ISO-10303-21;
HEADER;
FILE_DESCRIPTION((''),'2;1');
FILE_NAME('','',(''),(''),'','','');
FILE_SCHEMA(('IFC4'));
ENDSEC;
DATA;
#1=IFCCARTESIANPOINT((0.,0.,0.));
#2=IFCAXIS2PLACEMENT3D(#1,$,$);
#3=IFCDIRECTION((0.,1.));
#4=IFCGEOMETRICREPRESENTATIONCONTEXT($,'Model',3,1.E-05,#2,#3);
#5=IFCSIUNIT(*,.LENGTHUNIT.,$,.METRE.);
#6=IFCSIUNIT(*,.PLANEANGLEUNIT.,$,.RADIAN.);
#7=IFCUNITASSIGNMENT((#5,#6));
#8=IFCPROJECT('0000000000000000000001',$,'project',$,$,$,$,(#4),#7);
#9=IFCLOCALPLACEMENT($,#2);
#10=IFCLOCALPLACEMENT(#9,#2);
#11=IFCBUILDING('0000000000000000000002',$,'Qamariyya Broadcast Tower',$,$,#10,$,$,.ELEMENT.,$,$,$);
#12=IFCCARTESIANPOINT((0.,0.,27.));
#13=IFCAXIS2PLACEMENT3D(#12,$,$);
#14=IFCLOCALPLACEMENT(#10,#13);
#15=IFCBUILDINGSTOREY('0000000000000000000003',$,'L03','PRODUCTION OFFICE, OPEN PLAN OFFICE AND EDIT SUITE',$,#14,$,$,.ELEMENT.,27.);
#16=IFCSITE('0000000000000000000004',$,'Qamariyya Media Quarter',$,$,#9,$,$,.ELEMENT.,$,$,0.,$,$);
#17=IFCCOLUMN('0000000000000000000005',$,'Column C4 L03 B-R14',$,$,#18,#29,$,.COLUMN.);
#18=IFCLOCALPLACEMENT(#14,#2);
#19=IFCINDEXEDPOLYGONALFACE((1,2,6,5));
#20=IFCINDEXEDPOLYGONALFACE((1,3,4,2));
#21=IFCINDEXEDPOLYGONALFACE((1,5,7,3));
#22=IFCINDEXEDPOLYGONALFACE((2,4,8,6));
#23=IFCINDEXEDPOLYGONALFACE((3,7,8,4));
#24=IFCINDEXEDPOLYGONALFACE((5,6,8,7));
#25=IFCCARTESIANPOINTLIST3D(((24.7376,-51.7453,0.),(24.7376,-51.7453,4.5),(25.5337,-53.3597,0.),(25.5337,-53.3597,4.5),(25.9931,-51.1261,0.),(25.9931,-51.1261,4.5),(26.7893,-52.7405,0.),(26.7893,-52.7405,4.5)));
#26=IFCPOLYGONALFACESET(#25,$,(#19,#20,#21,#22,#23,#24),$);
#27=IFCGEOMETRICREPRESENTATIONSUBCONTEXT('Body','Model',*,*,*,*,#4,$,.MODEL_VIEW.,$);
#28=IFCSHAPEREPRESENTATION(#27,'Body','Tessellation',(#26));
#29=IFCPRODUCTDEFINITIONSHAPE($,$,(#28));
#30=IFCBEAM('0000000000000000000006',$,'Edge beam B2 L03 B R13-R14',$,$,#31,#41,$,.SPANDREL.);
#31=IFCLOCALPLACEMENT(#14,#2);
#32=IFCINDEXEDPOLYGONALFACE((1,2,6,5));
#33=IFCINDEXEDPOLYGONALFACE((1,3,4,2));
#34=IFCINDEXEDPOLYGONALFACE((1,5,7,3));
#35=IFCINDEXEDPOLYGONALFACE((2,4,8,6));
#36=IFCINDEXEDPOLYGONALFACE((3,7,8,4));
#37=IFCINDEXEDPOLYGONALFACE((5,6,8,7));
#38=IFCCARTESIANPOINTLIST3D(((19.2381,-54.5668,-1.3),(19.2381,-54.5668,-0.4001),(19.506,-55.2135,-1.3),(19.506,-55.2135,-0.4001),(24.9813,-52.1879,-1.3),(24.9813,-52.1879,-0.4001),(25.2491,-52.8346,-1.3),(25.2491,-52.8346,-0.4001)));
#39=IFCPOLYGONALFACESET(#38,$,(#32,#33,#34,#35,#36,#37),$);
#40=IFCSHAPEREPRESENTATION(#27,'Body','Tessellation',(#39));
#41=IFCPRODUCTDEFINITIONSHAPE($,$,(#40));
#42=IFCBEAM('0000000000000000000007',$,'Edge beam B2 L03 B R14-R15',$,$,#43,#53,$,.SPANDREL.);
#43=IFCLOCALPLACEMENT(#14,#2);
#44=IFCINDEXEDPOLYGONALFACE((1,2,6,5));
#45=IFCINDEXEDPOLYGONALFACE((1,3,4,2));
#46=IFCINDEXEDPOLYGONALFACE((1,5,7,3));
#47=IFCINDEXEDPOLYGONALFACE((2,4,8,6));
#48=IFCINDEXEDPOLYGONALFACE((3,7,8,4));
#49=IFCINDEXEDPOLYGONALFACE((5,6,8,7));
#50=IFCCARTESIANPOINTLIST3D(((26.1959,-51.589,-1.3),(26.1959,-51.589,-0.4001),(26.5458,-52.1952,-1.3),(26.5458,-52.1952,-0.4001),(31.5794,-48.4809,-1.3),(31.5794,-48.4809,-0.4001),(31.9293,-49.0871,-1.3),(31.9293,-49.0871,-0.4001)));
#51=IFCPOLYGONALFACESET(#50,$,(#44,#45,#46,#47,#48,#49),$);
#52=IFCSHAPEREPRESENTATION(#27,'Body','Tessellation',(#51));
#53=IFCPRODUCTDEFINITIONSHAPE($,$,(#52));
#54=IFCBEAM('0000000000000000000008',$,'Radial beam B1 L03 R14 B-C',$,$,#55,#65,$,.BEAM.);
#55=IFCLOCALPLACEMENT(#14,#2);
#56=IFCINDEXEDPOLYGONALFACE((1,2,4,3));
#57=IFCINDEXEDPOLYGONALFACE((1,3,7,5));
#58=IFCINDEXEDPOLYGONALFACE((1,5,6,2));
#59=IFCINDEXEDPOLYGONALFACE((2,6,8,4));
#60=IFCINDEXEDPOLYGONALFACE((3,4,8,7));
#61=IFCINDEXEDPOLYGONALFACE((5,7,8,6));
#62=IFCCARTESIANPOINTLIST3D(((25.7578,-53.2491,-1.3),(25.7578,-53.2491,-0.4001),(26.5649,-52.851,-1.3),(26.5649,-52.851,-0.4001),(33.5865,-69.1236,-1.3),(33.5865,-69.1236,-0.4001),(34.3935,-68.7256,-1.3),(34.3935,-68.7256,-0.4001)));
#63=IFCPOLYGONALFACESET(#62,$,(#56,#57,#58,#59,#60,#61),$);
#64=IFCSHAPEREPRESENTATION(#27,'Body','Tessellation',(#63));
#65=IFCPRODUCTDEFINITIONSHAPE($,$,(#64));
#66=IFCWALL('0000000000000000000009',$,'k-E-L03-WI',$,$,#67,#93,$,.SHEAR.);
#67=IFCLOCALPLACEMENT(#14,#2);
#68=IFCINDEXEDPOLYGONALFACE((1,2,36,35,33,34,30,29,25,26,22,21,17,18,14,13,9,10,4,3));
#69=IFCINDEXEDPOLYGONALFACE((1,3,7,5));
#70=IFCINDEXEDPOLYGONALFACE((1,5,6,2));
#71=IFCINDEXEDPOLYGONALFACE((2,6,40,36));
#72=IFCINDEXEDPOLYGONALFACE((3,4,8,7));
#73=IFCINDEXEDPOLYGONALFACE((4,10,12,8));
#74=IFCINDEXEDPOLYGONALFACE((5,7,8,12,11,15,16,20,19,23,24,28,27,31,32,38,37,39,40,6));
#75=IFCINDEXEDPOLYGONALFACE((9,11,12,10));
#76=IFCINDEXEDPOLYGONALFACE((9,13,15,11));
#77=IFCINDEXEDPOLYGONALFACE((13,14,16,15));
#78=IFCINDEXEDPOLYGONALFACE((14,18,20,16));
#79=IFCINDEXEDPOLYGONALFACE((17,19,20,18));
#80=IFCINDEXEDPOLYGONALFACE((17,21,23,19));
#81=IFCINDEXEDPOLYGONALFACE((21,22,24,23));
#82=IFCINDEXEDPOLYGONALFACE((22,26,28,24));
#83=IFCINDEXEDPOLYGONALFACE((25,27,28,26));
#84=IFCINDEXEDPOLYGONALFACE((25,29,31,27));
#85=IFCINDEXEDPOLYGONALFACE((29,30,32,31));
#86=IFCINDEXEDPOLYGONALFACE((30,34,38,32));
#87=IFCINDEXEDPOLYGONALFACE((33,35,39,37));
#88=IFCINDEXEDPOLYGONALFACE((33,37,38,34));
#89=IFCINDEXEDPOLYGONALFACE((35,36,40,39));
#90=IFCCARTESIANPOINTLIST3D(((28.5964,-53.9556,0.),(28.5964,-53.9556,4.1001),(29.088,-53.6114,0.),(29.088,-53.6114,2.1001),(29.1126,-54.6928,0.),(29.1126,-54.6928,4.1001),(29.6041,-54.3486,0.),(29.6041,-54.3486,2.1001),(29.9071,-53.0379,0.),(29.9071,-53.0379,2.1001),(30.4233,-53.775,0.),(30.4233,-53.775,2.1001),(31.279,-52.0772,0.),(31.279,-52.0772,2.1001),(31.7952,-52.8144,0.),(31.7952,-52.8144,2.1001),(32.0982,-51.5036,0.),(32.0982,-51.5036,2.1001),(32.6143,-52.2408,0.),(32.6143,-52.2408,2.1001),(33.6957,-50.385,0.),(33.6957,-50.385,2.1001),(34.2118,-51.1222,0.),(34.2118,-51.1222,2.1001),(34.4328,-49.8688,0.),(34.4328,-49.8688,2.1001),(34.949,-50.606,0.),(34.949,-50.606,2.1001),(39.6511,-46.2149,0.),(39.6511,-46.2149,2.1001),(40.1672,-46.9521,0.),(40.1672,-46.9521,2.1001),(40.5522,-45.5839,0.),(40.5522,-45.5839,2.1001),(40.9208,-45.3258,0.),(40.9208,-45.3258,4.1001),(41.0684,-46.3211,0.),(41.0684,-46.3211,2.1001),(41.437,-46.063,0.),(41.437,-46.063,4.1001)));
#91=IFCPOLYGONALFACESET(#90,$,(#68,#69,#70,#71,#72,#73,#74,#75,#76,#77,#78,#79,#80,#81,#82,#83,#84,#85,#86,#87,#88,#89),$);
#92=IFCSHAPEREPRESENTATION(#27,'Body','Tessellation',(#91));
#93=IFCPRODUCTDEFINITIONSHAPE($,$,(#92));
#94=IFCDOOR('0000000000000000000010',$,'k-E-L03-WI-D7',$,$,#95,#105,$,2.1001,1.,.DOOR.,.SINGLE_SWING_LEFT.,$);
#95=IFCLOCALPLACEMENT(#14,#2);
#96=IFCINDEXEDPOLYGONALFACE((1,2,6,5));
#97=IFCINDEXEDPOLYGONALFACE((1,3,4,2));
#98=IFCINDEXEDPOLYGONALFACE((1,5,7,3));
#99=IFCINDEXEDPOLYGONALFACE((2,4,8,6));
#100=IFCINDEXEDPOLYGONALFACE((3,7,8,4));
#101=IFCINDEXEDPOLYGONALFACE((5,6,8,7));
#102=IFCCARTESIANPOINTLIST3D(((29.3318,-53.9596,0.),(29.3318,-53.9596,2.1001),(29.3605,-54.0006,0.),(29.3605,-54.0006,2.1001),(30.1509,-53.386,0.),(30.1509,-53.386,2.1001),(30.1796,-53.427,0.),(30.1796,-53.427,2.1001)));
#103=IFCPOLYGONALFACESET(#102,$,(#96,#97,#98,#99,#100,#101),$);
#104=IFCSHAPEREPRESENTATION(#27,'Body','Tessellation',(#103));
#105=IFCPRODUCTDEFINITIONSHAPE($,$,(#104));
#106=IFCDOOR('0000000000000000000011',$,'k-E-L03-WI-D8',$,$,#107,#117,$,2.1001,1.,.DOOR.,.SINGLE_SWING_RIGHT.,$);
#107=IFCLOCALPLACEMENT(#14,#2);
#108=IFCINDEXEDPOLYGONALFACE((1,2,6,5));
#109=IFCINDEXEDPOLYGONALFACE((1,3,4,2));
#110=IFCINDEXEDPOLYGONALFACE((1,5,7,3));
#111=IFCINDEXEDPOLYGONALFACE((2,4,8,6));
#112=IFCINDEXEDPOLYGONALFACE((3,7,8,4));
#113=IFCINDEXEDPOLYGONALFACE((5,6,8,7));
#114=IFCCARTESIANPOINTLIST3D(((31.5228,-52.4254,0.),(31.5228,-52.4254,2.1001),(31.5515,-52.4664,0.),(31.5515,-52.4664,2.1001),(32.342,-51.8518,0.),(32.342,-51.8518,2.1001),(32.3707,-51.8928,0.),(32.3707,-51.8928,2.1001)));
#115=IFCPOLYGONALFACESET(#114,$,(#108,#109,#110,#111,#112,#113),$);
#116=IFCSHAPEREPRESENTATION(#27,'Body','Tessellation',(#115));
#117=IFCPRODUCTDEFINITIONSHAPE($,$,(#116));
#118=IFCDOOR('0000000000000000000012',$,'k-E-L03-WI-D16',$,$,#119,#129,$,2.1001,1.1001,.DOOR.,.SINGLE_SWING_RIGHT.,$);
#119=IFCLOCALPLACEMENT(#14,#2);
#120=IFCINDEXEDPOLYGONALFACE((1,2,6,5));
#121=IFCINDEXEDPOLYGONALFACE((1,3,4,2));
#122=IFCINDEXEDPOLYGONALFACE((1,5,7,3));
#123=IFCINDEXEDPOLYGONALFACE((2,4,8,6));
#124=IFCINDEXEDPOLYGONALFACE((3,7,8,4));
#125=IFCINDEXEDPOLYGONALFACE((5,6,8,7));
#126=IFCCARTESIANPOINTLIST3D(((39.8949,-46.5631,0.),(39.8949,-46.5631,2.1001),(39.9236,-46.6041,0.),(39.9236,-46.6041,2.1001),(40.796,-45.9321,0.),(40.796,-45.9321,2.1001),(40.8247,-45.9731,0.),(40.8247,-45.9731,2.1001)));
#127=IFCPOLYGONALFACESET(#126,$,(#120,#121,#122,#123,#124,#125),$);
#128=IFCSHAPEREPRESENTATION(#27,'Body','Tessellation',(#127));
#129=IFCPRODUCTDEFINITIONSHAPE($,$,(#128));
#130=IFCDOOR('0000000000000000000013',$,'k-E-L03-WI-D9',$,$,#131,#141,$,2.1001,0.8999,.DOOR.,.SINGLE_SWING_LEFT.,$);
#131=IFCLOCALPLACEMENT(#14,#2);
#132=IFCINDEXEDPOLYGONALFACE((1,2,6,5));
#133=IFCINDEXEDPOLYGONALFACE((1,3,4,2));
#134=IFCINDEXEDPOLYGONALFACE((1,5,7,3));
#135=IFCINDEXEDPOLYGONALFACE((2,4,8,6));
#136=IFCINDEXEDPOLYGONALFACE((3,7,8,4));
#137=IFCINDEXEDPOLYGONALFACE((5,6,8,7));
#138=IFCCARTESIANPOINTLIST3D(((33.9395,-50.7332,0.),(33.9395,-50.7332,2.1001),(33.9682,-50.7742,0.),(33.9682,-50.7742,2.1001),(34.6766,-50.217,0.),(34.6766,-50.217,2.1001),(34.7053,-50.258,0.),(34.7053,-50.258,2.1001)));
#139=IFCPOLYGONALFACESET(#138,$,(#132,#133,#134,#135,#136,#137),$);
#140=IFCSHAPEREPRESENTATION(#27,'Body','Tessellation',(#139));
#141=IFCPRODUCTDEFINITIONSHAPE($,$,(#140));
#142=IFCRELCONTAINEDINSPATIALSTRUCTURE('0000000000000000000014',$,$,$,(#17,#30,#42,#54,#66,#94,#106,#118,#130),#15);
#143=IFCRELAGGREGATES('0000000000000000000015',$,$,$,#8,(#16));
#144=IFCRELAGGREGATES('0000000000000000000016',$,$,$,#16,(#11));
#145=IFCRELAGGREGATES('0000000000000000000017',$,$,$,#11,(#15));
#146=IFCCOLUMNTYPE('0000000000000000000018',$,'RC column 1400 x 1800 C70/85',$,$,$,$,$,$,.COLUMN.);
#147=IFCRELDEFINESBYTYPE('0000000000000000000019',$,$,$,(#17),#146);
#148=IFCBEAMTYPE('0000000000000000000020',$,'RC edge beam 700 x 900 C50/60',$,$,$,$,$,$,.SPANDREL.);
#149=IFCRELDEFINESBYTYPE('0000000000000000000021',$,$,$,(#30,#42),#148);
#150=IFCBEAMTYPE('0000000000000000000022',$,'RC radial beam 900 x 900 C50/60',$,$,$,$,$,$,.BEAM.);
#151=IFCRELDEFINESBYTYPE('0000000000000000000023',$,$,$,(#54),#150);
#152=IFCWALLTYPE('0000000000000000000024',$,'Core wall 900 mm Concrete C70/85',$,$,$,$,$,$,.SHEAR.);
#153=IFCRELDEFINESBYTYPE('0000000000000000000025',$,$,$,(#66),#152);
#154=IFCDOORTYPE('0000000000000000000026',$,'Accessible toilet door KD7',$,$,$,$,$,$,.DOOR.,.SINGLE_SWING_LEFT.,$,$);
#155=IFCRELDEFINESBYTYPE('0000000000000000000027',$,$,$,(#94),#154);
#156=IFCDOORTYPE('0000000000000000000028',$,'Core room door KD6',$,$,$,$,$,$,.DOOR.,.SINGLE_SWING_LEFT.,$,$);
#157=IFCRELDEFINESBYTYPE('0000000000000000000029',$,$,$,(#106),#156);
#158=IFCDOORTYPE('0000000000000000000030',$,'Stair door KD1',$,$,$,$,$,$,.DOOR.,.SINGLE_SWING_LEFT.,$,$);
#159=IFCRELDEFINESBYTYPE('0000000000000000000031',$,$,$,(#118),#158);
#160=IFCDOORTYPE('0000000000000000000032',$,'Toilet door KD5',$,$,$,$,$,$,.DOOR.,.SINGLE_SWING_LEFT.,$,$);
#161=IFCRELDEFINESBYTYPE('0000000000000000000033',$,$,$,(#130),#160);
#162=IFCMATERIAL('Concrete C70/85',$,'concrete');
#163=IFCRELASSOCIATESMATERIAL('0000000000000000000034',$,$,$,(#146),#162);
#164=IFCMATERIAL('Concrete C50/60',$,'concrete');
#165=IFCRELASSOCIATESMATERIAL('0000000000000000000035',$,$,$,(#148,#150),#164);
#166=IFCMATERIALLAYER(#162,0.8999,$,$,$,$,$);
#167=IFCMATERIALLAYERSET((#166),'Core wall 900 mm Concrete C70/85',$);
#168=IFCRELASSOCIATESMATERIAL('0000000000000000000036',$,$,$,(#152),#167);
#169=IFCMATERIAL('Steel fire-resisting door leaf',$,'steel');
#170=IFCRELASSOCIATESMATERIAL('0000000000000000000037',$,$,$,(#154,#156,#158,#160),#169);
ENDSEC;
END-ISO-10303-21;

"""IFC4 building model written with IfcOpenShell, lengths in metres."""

from ifc_helpers import new_model, si_unit, direction, frame, frame_2d, origin, origin_2d, place, context, subcontext, project, spatial, rectangle, extrude, material, layer, layer_set, material_profile, profile_set, type_object, element, fill, save


model = new_model("IFC4")

# Units and contexts
model_context = context("Model", 3, precision=1e-05, world=origin(), true_north=direction((0.0, 1.0)))
body_context = subcontext(model_context, "Body", "Model", "MODEL_VIEW")
ifc_project = project(units=[si_unit("LENGTHUNIT", "METRE"), si_unit("PLANEANGLEUNIT", "RADIAN")], contexts=[model_context])

# Site, building, storey
site_placement = place(None, origin())
site = spatial("IfcSite", under=ifc_project, at=site_placement, Name="Qamariyya Media Quarter", CompositionType="ELEMENT", RefElevation=0.0)
building_placement = place(site_placement, origin())
building = spatial("IfcBuilding", under=site, at=building_placement, Name="Qamariyya Broadcast Tower", CompositionType="ELEMENT")
storey_placement = place(building_placement, frame((0.0, 0.0, 27.0)))
storey = spatial("IfcBuildingStorey", under=building, at=storey_placement, Name="L03", Description="PRODUCTION OFFICE, OPEN PLAN OFFICE AND EDIT SUITE", CompositionType="ELEMENT", Elevation=27.0)

# Column
ifc_material_1 = material(Name="Concrete C70/85", Category="concrete")
ifc_material_profile_1 = material_profile(ifc_material_1, rectangle(XDim=1.3999, YDim=1.8, at=origin_2d()))
ifc_profile_set_1 = profile_set([ifc_material_profile_1], Name="Concrete C70/85")
column_type = type_object("IfcColumnType", Name="RC column 1400 x 1800 C70/85", PredefinedType="COLUMN", material=ifc_profile_set_1)
column_placement = place(storey_placement, frame((25.7634, -52.2429, 0.0), z_axis=(0.0, 0.0, 1.0), x_axis=(0.896873, 0.442289, 0.0)))
element("IfcColumn", 1, at=column_placement, inside=storey, type_object=column_type, Name="Column C4 L03 B-R14", PredefinedType="COLUMN", context=body_context, shape_type="SweptSolid", body=[
    extrude(rectangle(XDim=1.3999, YDim=1.8, at=origin_2d()), origin(), (0.0, 0.0, 1.0), 4.5),
])

# Beams
ifc_material_2 = material(Name="Concrete C50/60", Category="concrete")
ifc_material_profile_2 = material_profile(ifc_material_2, rectangle(XDim=0.7, YDim=0.8999, at=origin_2d()))
ifc_profile_set_2 = profile_set([ifc_material_profile_2], Name="Concrete C50/60")
beam_type_1 = type_object("IfcBeamType", Name="RC edge beam 700 x 900 C50/60", PredefinedType="SPANDREL", material=ifc_profile_set_2)
for number, where, z_axis, x_axis, name in (
    (2, (19.3721, -54.8901, -0.8501), (0.923879, 0.382685, 0.0), (-0.382685, 0.923879, 0.0), "Edge beam B2 L03 B R13-R14"),
    (3, (26.3708, -51.8921, -0.8501), (0.866028, 0.499996, 0.0), (-0.499996, 0.866028, 0.0), "Edge beam B2 L03 B R14-R15"),
):
    element("IfcBeam", number, at=place(storey_placement, frame(where, z_axis=z_axis, x_axis=x_axis)), inside=storey, type_object=beam_type_1, Name=name, PredefinedType="SPANDREL", context=body_context, shape_type="SweptSolid", body=[
        extrude(rectangle(XDim=0.7, YDim=0.8999, at=origin_2d()), origin(), (0.0, 0.0, 1.0), 6.2163),
    ])
ifc_material_profile_3 = material_profile(ifc_material_2, rectangle(XDim=0.8999, YDim=0.8999, at=origin_2d()))
ifc_profile_set_3 = profile_set([ifc_material_profile_3], Name="Concrete C50/60")
beam_type_2 = type_object("IfcBeamType", Name="RC radial beam 900 x 900 C50/60", PredefinedType="BEAM", material=ifc_profile_set_3)
beam_placement = place(storey_placement, frame((26.1614, -53.05, -0.8501), z_axis=(0.442296, -0.896869, 0.0), x_axis=(0.896869, 0.442296, 0.0)))
element("IfcBeam", 4, at=beam_placement, inside=storey, type_object=beam_type_2, Name="Radial beam B1 L03 R14 B-C", PredefinedType="BEAM", context=body_context, shape_type="SweptSolid", body=[
    extrude(rectangle(XDim=0.8999, YDim=0.8999, at=origin_2d()), origin(), (0.0, 0.0, 1.0), 17.7),
])

# Wall, openings, doors
ifc_layer_1 = layer(ifc_material_1, 0.8999)
ifc_layer_set_1 = layer_set([ifc_layer_1], Name="Core wall 900 mm Concrete C70/85")
wall_type_1 = type_object("IfcWallType", Name="Core wall 900 mm Concrete C70/85", PredefinedType="SHEAR", material=ifc_layer_set_1)
wall_1_placement = place(storey_placement, frame((28.8545, -54.3242, 0.0), z_axis=(0.0, 0.0, 1.0), x_axis=(0.819146, 0.573585, 0.0)))
wall_1 = element("IfcWall", 5, at=wall_1_placement, inside=storey, type_object=wall_type_1, Name="k-E-L03-WI", PredefinedType="SHEAR", context=body_context, shape_type="SweptSolid", body=[
    extrude(rectangle(XDim=15.0454, YDim=0.8999, at=frame_2d((7.5227, 0.0))), origin(), (0.0, 0.0, 1.0), 4.1001),
])
opening_1_placement = place(wall_1_placement, frame((0.6001, 0.0, 0.0)))
opening_1 = element("IfcOpeningElement", 6, at=opening_1_placement, cuts=wall_1, PredefinedType="OPENING", context=body_context, shape_type="SweptSolid", body=[
    extrude(rectangle(XDim=1.0, YDim=2.1001, at=frame_2d((0.5, 1.05))), frame((0.0, 0.46, 0.0), z_axis=(0.0, -1.0, 0.0), x_axis=(1.0, 0.0, 0.0)), (0.0, 0.0, 1.0), 0.9199),
])
opening_2_placement = place(wall_1_placement, frame((3.2749, 0.0, 0.0)))
opening_2 = element("IfcOpeningElement", 7, at=opening_2_placement, cuts=wall_1, PredefinedType="OPENING", context=body_context, shape_type="SweptSolid", body=[
    extrude(rectangle(XDim=1.0, YDim=2.1001, at=frame_2d((0.5, 1.05))), frame((0.0, 0.46, 0.0), z_axis=(0.0, -1.0, 0.0), x_axis=(1.0, 0.0, 0.0)), (0.0, 0.0, 1.0), 0.9199),
])
opening_3_placement = place(wall_1_placement, frame((6.2251, 0.0, 0.0)))
opening_3 = element("IfcOpeningElement", 8, at=opening_3_placement, cuts=wall_1, PredefinedType="OPENING", context=body_context, shape_type="SweptSolid", body=[
    extrude(rectangle(XDim=0.8999, YDim=2.1001, at=frame_2d((0.45, 1.05))), frame((0.0, 0.46, 0.0), z_axis=(0.0, -1.0, 0.0), x_axis=(1.0, 0.0, 0.0)), (0.0, 0.0, 1.0), 0.9199),
])
opening_4_placement = place(wall_1_placement, frame((13.4954, 0.0, 0.0)))
opening_4 = element("IfcOpeningElement", 9, at=opening_4_placement, cuts=wall_1, PredefinedType="OPENING", context=body_context, shape_type="SweptSolid", body=[
    extrude(rectangle(XDim=1.1001, YDim=2.1001, at=frame_2d((0.55, 1.05))), frame((0.0, 0.46, 0.0), z_axis=(0.0, -1.0, 0.0), x_axis=(1.0, 0.0, 0.0)), (0.0, 0.0, 1.0), 0.9199),
])
ifc_material_3 = material(Name="Steel fire-resisting door leaf", Category="steel")
door_type_1 = type_object("IfcDoorType", Name="Accessible toilet door KD7", OperationType="SINGLE_SWING_LEFT", PredefinedType="DOOR", material=ifc_material_3)
door_1_placement = place(opening_1_placement, origin())
door_1 = element("IfcDoor", 10, at=door_1_placement, inside=storey, type_object=door_type_1, Name="k-E-L03-WI-D7", OperationType="SINGLE_SWING_LEFT", OverallHeight=2.1001, OverallWidth=1.0, PredefinedType="DOOR", context=body_context, shape_type="SweptSolid", body=[
    extrude(rectangle(XDim=1.0, YDim=2.1001, at=frame_2d((0.5, 1.05))), frame((0.0, 0.0249, 0.0), z_axis=(0.0, -1.0, 0.0), x_axis=(1.0, 0.0, 0.0)), (0.0, 0.0, 1.0), 0.05),
])
fill(opening_1, door_1)
door_type_2 = type_object("IfcDoorType", Name="Core room door KD6", OperationType="SINGLE_SWING_LEFT", PredefinedType="DOOR", material=ifc_material_3)
door_2_placement = place(opening_2_placement, origin())
door_2 = element("IfcDoor", 11, at=door_2_placement, inside=storey, type_object=door_type_2, Name="k-E-L03-WI-D8", OperationType="SINGLE_SWING_RIGHT", OverallHeight=2.1001, OverallWidth=1.0, PredefinedType="DOOR", context=body_context, shape_type="SweptSolid", body=[
    extrude(rectangle(XDim=1.0, YDim=2.1001, at=frame_2d((0.5, 1.05))), frame((0.0, 0.0249, 0.0), z_axis=(0.0, -1.0, 0.0), x_axis=(1.0, 0.0, 0.0)), (0.0, 0.0, 1.0), 0.05),
])
fill(opening_2, door_2)
door_type_3 = type_object("IfcDoorType", Name="Stair door KD1", OperationType="SINGLE_SWING_LEFT", PredefinedType="DOOR", material=ifc_material_3)
door_3_placement = place(opening_4_placement, origin())
door_3 = element("IfcDoor", 12, at=door_3_placement, inside=storey, type_object=door_type_3, Name="k-E-L03-WI-D16", OperationType="SINGLE_SWING_RIGHT", OverallHeight=2.1001, OverallWidth=1.1001, PredefinedType="DOOR", context=body_context, shape_type="SweptSolid", body=[
    extrude(rectangle(XDim=1.1001, YDim=2.1001, at=frame_2d((0.55, 1.05))), frame((0.0, 0.0249, 0.0), z_axis=(0.0, -1.0, 0.0), x_axis=(1.0, 0.0, 0.0)), (0.0, 0.0, 1.0), 0.05),
])
fill(opening_4, door_3)
door_type_4 = type_object("IfcDoorType", Name="Toilet door KD5", OperationType="SINGLE_SWING_LEFT", PredefinedType="DOOR", material=ifc_material_3)
door_4_placement = place(opening_3_placement, origin())
door_4 = element("IfcDoor", 13, at=door_4_placement, inside=storey, type_object=door_type_4, Name="k-E-L03-WI-D9", OperationType="SINGLE_SWING_LEFT", OverallHeight=2.1001, OverallWidth=0.8999, PredefinedType="DOOR", context=body_context, shape_type="SweptSolid", body=[
    extrude(rectangle(XDim=0.8999, YDim=2.1001, at=frame_2d((0.45, 1.05))), frame((0.0, 0.0249, 0.0), z_axis=(0.0, -1.0, 0.0), x_axis=(1.0, 0.0, 0.0)), (0.0, 0.0, 1.0), 0.05),
])
fill(opening_3, door_4)

save(model, "model.ifc")
